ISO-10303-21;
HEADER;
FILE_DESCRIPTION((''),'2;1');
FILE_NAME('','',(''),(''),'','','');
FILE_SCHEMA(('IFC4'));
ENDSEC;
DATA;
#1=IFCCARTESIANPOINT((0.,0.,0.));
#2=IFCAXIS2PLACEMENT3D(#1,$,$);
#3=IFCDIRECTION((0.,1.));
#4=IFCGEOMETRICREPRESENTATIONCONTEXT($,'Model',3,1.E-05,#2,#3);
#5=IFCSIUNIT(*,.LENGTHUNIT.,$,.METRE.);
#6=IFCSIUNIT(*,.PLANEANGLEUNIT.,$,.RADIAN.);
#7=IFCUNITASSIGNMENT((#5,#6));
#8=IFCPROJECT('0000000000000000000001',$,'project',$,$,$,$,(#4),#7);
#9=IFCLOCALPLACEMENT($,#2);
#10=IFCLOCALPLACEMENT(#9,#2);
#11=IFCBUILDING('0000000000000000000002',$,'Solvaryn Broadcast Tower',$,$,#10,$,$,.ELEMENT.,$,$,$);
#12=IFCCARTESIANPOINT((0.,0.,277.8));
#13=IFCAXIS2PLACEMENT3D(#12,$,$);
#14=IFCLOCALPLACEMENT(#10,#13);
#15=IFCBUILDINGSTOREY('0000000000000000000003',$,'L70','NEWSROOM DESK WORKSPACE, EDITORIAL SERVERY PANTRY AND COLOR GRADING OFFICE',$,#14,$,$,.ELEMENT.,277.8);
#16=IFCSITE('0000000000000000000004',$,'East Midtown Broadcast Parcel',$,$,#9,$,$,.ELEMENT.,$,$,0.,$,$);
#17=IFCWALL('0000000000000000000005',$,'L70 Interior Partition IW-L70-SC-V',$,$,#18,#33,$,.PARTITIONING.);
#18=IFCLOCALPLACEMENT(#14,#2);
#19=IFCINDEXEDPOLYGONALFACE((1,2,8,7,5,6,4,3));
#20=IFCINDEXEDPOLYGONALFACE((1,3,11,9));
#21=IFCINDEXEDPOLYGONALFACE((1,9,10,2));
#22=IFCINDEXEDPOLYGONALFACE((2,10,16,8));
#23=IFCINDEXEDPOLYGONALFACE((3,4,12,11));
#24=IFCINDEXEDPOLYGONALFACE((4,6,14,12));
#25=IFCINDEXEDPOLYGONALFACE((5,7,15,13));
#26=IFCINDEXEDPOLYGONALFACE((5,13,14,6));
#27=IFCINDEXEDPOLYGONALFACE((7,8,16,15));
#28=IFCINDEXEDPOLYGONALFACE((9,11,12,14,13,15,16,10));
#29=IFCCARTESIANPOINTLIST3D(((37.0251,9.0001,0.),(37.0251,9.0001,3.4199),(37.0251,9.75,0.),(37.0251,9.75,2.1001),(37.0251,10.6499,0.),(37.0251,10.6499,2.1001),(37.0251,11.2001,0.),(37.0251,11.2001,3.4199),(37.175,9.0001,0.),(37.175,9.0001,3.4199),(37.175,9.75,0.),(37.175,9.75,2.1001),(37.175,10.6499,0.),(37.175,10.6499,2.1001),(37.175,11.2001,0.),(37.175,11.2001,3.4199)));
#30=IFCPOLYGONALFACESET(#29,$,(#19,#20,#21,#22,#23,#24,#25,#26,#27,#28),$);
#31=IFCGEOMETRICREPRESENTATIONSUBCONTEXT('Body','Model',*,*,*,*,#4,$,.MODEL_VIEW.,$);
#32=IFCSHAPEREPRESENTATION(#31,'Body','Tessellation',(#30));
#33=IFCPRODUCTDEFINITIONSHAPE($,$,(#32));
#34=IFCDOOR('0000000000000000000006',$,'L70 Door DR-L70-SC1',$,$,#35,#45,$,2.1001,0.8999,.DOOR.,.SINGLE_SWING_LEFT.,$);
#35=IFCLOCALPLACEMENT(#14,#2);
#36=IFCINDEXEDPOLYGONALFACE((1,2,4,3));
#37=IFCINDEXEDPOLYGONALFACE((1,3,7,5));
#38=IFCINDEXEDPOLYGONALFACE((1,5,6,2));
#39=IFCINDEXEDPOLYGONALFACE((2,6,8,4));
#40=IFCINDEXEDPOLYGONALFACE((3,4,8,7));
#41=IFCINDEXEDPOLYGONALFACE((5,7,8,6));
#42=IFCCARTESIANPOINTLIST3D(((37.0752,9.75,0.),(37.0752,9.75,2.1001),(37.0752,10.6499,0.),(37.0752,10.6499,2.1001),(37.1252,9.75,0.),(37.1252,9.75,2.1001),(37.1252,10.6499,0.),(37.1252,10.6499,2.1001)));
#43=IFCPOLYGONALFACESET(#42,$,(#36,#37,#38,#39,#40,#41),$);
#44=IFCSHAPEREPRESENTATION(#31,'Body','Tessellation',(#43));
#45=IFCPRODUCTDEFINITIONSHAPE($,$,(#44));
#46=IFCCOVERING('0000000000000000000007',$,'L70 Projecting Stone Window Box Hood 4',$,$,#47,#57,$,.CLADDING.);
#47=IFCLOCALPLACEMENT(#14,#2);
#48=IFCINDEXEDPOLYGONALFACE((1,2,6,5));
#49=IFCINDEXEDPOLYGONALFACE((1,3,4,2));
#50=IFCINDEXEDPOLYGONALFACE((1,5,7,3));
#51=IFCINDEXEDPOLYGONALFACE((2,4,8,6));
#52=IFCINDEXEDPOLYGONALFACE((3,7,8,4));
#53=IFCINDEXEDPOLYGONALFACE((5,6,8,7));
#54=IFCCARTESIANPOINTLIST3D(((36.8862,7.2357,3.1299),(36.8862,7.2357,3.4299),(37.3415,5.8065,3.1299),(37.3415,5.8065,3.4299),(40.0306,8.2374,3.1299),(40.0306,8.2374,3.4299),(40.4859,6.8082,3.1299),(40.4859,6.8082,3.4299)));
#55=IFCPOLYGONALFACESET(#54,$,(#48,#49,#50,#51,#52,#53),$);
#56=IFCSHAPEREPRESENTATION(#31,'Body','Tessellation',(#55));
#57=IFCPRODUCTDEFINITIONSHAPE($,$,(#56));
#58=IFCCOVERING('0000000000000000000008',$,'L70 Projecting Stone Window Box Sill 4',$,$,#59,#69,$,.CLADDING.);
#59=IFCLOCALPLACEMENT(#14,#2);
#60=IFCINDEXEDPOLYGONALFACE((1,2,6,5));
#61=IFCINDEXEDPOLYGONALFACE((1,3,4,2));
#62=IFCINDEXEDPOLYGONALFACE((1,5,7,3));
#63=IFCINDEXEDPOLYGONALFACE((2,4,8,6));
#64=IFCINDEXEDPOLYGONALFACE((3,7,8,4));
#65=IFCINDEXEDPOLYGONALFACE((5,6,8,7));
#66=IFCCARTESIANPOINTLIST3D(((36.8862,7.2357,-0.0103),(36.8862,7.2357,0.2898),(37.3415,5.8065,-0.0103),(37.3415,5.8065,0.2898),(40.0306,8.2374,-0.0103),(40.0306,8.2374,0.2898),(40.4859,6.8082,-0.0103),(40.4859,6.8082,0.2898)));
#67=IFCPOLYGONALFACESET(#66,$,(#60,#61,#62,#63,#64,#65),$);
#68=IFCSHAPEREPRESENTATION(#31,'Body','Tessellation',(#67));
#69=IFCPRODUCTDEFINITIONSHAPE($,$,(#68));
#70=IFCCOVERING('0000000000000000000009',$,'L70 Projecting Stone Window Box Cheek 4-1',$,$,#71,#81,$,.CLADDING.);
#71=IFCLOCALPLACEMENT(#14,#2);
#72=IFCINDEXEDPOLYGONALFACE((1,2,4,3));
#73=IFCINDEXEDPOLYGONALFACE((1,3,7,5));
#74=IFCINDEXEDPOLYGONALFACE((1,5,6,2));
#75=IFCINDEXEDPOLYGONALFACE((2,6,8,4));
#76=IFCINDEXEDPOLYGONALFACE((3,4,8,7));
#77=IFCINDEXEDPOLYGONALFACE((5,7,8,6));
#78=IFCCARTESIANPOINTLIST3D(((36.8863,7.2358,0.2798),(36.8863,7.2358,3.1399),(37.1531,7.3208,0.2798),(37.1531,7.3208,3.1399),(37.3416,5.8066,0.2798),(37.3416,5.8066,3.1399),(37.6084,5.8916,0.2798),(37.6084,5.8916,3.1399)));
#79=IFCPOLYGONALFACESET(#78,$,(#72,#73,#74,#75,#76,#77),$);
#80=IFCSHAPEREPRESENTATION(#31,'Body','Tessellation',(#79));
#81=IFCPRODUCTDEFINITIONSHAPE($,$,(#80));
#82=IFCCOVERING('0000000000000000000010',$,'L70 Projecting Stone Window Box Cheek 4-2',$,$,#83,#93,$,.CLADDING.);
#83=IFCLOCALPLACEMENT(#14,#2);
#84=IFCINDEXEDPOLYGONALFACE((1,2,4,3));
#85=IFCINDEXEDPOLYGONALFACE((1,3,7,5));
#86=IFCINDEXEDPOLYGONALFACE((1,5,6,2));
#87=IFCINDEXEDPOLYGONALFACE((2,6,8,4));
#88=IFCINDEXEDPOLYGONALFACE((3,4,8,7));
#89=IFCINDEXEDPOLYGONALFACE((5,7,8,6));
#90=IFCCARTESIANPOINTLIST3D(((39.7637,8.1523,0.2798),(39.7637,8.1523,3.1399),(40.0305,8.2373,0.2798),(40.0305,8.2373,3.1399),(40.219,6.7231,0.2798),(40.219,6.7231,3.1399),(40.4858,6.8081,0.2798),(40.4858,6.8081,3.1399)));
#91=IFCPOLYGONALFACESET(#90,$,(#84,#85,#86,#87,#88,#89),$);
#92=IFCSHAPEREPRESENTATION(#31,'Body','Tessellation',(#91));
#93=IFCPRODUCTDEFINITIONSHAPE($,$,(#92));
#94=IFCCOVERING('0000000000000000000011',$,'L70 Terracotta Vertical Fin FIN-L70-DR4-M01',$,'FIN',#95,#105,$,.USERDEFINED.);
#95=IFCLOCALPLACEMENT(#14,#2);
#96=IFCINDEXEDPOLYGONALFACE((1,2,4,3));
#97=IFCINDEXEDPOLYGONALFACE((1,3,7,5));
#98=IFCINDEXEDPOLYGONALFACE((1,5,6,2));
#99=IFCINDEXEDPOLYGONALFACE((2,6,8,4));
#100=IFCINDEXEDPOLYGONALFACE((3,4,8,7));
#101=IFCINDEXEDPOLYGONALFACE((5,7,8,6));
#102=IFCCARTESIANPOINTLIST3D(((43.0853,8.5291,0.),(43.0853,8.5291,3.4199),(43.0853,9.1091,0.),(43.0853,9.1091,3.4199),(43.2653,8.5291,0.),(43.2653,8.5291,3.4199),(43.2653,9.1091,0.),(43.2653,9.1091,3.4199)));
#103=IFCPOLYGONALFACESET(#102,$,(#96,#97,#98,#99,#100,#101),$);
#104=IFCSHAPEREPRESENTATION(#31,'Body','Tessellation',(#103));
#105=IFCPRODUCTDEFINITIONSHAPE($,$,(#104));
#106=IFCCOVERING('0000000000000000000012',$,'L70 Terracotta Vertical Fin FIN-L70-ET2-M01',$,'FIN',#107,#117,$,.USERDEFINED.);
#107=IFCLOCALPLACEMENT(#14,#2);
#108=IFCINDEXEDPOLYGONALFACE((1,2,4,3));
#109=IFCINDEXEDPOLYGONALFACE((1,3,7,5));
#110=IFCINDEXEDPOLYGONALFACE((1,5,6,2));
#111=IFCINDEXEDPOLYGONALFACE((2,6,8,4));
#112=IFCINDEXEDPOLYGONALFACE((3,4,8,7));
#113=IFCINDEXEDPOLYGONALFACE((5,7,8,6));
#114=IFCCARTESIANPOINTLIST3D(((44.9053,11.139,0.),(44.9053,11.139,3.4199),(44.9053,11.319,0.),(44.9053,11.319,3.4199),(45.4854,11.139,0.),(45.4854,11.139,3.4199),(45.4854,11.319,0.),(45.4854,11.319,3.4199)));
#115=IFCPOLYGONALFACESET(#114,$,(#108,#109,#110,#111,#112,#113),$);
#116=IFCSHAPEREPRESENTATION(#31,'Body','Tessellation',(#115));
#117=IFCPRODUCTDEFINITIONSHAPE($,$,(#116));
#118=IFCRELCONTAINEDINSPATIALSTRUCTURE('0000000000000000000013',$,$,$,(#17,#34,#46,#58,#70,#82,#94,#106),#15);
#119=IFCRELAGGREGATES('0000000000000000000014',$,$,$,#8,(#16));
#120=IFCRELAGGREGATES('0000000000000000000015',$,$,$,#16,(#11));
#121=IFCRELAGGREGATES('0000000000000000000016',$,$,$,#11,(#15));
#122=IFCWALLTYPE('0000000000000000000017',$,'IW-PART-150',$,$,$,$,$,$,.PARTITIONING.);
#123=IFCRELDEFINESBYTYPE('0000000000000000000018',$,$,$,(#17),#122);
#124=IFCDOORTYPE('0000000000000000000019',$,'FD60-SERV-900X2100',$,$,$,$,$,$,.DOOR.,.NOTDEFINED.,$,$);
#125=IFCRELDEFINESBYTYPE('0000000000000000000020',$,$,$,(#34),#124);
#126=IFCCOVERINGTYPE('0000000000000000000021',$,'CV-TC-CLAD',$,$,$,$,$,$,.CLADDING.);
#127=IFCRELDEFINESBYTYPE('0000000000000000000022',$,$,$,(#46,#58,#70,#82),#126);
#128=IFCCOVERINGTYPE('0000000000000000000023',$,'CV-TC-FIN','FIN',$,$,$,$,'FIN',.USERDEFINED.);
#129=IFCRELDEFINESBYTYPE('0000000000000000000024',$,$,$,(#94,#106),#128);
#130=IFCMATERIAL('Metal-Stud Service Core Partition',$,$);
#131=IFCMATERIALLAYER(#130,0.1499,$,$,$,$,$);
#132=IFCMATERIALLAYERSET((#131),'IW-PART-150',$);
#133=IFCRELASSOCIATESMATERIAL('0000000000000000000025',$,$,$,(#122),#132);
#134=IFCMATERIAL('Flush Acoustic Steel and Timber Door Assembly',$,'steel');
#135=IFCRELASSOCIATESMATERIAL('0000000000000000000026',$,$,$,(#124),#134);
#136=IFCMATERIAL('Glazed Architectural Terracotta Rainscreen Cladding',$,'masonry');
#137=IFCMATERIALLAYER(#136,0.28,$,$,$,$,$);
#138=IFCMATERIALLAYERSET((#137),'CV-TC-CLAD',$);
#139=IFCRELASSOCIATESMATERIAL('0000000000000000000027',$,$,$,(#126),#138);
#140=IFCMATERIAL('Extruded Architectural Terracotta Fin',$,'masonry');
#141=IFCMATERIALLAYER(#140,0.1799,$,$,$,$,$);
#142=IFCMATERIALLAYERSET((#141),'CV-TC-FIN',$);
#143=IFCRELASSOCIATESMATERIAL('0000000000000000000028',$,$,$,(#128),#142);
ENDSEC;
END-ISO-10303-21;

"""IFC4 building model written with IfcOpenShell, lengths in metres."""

from ifc_helpers import new_model, si_unit, direction, frame, frame_2d, origin, origin_2d, place, context, subcontext, project, spatial, rectangle, extrude, material, layer, layer_set, type_object, element, fill, save


model = new_model("IFC4")

# Units and contexts
model_context = context("Model", 3, precision=1e-05, world=origin(), true_north=direction((0.0, 1.0)))
body_context = subcontext(model_context, "Body", "Model", "MODEL_VIEW")
ifc_project = project(units=[si_unit("LENGTHUNIT", "METRE"), si_unit("PLANEANGLEUNIT", "RADIAN")], contexts=[model_context])

# Site, building, storey
site_placement = place(None, origin())
site = spatial("IfcSite", under=ifc_project, at=site_placement, Name="East Midtown Broadcast Parcel", CompositionType="ELEMENT", RefElevation=0.0)
building_placement = place(site_placement, origin())
building = spatial("IfcBuilding", under=site, at=building_placement, Name="Solvaryn Broadcast Tower", CompositionType="ELEMENT")
storey_placement = place(building_placement, frame((0.0, 0.0, 277.8)))
storey = spatial("IfcBuildingStorey", under=building, at=storey_placement, Name="L70", Description="NEWSROOM DESK WORKSPACE, EDITORIAL SERVERY PANTRY AND COLOR GRADING OFFICE", CompositionType="ELEMENT", Elevation=277.8)

# Wall, opening, door
ifc_material_1 = material(Name="Metal-Stud Service Core Partition")
ifc_layer_1 = layer(ifc_material_1, 0.1499)
ifc_layer_set_1 = layer_set([ifc_layer_1], Name="IW-PART-150")
wall_type_1 = type_object("IfcWallType", Name="IW-PART-150", PredefinedType="PARTITIONING", material=ifc_layer_set_1)
ifc_material_2 = material(Name="Flush Acoustic Steel and Timber Door Assembly", Category="steel")
door_type = type_object("IfcDoorType", Name="FD60-SERV-900X2100", OperationType="NOTDEFINED", PredefinedType="DOOR", material=ifc_material_2)
wall_1_placement = place(storey_placement, frame((37.1001, 9.0, 0.0), z_axis=(0.0, 0.0, 1.0), x_axis=(0.0, 1.0, 0.0)))
wall_1 = element("IfcWall", 1, at=wall_1_placement, inside=storey, type_object=wall_type_1, Name="L70 Interior Partition IW-L70-SC-V", PredefinedType="PARTITIONING", context=body_context, shape_type="SweptSolid", body=[
    extrude(rectangle(XDim=2.2, YDim=0.1499, at=frame_2d((1.1001, 0.0))), origin(), (0.0, 0.0, 1.0), 3.4199),
])
opening_1_placement = place(wall_1_placement, frame((0.75, 0.0, 0.0)))
opening_1 = element("IfcOpeningElement", 2, at=opening_1_placement, cuts=wall_1, PredefinedType="OPENING", context=body_context, shape_type="SweptSolid", body=[
    extrude(rectangle(XDim=0.8999, YDim=2.1001, at=frame_2d((0.45, 1.05))), frame((0.0, 0.085, 0.0), z_axis=(0.0, -1.0, 0.0), x_axis=(1.0, 0.0, 0.0)), (0.0, 0.0, 1.0), 0.1699),
])
door_1_placement = place(opening_1_placement, origin())
door_1 = element("IfcDoor", 3, at=door_1_placement, inside=storey, type_object=door_type, Name="L70 Door DR-L70-SC1", OperationType="SINGLE_SWING_LEFT", OverallHeight=2.1001, OverallWidth=0.8999, PredefinedType="DOOR", context=body_context, shape_type="SweptSolid", body=[
    extrude(rectangle(XDim=0.8999, YDim=2.1001, at=frame_2d((0.45, 1.05))), frame((0.0, 0.0249, 0.0), z_axis=(0.0, -1.0, 0.0), x_axis=(1.0, 0.0, 0.0)), (0.0, 0.0, 1.0), 0.05),
])
fill(opening_1, door_1)

# Coverings
ifc_material_3 = material(Name="Glazed Architectural Terracotta Rainscreen Cladding", Category="masonry")
ifc_layer_2 = layer(ifc_material_3, 0.28)
ifc_layer_set_2 = layer_set([ifc_layer_2], Name="CV-TC-CLAD")
covering_type_1 = type_object("IfcCoveringType", Name="CV-TC-CLAD", PredefinedType="CLADDING", material=ifc_layer_set_2)
for number, where, z_axis, x_axis, name in (
    (4, (38.686, 7.022, 3.1299), (0.0, 0.0, 1.0), (0.952821, 0.303534, 0.0), "L70 Projecting Stone Window Box Hood 4"),
    (5, (38.686, 7.022, -0.0103), (0.0, 0.0, 1.0), (0.952821, 0.303534, 0.0), "L70 Projecting Stone Window Box Sill 4"),
):
    element("IfcCovering", number, at=place(storey_placement, frame(where, z_axis=z_axis, x_axis=x_axis)), inside=storey, type_object=covering_type_1, Name=name, PredefinedType="CLADDING", context=body_context, shape_type="SweptSolid", body=[
        extrude(rectangle(XDim=3.3, YDim=1.5, at=origin_2d()), origin(), (0.0, 0.0, 1.0), 0.3),
    ])
for number, where, z_axis, x_axis, name in (
    (6, (37.2473, 6.5637, 0.2798), (0.0, 0.0, 1.0), (0.952821, 0.303534, 0.0), "L70 Projecting Stone Window Box Cheek 4-1"),
    (7, (40.1248, 7.4802, 0.2798), (0.0, 0.0, 1.0), (0.952821, 0.303534, 0.0), "L70 Projecting Stone Window Box Cheek 4-2"),
):
    element("IfcCovering", number, at=place(storey_placement, frame(where, z_axis=z_axis, x_axis=x_axis)), inside=storey, type_object=covering_type_1, Name=name, PredefinedType="CLADDING", context=body_context, shape_type="SweptSolid", body=[
        extrude(rectangle(XDim=0.28, YDim=1.5, at=origin_2d()), origin(), (0.0, 0.0, 1.0), 2.8601),
    ])
ifc_material_4 = material(Name="Extruded Architectural Terracotta Fin", Category="masonry")
ifc_layer_3 = layer(ifc_material_4, 0.1799)
ifc_layer_set_3 = layer_set([ifc_layer_3], Name="CV-TC-FIN")
covering_type_2 = type_object("IfcCoveringType", Name="CV-TC-FIN", Description="FIN", ElementType="FIN", PredefinedType="USERDEFINED", material=ifc_layer_set_3)
covering_1_placement = place(storey_placement, frame((43.1753, 8.8191, 0.0), z_axis=(0.0, 0.0, 1.0), x_axis=(1.0, 0.0, 0.0)))
element("IfcCovering", 8, at=covering_1_placement, inside=storey, type_object=covering_type_2, Name="L70 Terracotta Vertical Fin FIN-L70-DR4-M01", ObjectType="FIN", PredefinedType="USERDEFINED", context=body_context, shape_type="SweptSolid", body=[
    extrude(rectangle(XDim=0.1799, YDim=0.5801, at=origin_2d()), origin(), (0.0, 0.0, 1.0), 3.4199),
])
covering_2_placement = place(storey_placement, frame((45.1953, 11.229, 0.0), z_axis=(0.0, 0.0, 1.0), x_axis=(1.0, 0.0, 0.0)))
element("IfcCovering", 9, at=covering_2_placement, inside=storey, type_object=covering_type_2, Name="L70 Terracotta Vertical Fin FIN-L70-ET2-M01", ObjectType="FIN", PredefinedType="USERDEFINED", context=body_context, shape_type="SweptSolid", body=[
    extrude(rectangle(XDim=0.5801, YDim=0.1799, at=origin_2d()), origin(), (0.0, 0.0, 1.0), 3.4199),
])

save(model, "model.ifc")
